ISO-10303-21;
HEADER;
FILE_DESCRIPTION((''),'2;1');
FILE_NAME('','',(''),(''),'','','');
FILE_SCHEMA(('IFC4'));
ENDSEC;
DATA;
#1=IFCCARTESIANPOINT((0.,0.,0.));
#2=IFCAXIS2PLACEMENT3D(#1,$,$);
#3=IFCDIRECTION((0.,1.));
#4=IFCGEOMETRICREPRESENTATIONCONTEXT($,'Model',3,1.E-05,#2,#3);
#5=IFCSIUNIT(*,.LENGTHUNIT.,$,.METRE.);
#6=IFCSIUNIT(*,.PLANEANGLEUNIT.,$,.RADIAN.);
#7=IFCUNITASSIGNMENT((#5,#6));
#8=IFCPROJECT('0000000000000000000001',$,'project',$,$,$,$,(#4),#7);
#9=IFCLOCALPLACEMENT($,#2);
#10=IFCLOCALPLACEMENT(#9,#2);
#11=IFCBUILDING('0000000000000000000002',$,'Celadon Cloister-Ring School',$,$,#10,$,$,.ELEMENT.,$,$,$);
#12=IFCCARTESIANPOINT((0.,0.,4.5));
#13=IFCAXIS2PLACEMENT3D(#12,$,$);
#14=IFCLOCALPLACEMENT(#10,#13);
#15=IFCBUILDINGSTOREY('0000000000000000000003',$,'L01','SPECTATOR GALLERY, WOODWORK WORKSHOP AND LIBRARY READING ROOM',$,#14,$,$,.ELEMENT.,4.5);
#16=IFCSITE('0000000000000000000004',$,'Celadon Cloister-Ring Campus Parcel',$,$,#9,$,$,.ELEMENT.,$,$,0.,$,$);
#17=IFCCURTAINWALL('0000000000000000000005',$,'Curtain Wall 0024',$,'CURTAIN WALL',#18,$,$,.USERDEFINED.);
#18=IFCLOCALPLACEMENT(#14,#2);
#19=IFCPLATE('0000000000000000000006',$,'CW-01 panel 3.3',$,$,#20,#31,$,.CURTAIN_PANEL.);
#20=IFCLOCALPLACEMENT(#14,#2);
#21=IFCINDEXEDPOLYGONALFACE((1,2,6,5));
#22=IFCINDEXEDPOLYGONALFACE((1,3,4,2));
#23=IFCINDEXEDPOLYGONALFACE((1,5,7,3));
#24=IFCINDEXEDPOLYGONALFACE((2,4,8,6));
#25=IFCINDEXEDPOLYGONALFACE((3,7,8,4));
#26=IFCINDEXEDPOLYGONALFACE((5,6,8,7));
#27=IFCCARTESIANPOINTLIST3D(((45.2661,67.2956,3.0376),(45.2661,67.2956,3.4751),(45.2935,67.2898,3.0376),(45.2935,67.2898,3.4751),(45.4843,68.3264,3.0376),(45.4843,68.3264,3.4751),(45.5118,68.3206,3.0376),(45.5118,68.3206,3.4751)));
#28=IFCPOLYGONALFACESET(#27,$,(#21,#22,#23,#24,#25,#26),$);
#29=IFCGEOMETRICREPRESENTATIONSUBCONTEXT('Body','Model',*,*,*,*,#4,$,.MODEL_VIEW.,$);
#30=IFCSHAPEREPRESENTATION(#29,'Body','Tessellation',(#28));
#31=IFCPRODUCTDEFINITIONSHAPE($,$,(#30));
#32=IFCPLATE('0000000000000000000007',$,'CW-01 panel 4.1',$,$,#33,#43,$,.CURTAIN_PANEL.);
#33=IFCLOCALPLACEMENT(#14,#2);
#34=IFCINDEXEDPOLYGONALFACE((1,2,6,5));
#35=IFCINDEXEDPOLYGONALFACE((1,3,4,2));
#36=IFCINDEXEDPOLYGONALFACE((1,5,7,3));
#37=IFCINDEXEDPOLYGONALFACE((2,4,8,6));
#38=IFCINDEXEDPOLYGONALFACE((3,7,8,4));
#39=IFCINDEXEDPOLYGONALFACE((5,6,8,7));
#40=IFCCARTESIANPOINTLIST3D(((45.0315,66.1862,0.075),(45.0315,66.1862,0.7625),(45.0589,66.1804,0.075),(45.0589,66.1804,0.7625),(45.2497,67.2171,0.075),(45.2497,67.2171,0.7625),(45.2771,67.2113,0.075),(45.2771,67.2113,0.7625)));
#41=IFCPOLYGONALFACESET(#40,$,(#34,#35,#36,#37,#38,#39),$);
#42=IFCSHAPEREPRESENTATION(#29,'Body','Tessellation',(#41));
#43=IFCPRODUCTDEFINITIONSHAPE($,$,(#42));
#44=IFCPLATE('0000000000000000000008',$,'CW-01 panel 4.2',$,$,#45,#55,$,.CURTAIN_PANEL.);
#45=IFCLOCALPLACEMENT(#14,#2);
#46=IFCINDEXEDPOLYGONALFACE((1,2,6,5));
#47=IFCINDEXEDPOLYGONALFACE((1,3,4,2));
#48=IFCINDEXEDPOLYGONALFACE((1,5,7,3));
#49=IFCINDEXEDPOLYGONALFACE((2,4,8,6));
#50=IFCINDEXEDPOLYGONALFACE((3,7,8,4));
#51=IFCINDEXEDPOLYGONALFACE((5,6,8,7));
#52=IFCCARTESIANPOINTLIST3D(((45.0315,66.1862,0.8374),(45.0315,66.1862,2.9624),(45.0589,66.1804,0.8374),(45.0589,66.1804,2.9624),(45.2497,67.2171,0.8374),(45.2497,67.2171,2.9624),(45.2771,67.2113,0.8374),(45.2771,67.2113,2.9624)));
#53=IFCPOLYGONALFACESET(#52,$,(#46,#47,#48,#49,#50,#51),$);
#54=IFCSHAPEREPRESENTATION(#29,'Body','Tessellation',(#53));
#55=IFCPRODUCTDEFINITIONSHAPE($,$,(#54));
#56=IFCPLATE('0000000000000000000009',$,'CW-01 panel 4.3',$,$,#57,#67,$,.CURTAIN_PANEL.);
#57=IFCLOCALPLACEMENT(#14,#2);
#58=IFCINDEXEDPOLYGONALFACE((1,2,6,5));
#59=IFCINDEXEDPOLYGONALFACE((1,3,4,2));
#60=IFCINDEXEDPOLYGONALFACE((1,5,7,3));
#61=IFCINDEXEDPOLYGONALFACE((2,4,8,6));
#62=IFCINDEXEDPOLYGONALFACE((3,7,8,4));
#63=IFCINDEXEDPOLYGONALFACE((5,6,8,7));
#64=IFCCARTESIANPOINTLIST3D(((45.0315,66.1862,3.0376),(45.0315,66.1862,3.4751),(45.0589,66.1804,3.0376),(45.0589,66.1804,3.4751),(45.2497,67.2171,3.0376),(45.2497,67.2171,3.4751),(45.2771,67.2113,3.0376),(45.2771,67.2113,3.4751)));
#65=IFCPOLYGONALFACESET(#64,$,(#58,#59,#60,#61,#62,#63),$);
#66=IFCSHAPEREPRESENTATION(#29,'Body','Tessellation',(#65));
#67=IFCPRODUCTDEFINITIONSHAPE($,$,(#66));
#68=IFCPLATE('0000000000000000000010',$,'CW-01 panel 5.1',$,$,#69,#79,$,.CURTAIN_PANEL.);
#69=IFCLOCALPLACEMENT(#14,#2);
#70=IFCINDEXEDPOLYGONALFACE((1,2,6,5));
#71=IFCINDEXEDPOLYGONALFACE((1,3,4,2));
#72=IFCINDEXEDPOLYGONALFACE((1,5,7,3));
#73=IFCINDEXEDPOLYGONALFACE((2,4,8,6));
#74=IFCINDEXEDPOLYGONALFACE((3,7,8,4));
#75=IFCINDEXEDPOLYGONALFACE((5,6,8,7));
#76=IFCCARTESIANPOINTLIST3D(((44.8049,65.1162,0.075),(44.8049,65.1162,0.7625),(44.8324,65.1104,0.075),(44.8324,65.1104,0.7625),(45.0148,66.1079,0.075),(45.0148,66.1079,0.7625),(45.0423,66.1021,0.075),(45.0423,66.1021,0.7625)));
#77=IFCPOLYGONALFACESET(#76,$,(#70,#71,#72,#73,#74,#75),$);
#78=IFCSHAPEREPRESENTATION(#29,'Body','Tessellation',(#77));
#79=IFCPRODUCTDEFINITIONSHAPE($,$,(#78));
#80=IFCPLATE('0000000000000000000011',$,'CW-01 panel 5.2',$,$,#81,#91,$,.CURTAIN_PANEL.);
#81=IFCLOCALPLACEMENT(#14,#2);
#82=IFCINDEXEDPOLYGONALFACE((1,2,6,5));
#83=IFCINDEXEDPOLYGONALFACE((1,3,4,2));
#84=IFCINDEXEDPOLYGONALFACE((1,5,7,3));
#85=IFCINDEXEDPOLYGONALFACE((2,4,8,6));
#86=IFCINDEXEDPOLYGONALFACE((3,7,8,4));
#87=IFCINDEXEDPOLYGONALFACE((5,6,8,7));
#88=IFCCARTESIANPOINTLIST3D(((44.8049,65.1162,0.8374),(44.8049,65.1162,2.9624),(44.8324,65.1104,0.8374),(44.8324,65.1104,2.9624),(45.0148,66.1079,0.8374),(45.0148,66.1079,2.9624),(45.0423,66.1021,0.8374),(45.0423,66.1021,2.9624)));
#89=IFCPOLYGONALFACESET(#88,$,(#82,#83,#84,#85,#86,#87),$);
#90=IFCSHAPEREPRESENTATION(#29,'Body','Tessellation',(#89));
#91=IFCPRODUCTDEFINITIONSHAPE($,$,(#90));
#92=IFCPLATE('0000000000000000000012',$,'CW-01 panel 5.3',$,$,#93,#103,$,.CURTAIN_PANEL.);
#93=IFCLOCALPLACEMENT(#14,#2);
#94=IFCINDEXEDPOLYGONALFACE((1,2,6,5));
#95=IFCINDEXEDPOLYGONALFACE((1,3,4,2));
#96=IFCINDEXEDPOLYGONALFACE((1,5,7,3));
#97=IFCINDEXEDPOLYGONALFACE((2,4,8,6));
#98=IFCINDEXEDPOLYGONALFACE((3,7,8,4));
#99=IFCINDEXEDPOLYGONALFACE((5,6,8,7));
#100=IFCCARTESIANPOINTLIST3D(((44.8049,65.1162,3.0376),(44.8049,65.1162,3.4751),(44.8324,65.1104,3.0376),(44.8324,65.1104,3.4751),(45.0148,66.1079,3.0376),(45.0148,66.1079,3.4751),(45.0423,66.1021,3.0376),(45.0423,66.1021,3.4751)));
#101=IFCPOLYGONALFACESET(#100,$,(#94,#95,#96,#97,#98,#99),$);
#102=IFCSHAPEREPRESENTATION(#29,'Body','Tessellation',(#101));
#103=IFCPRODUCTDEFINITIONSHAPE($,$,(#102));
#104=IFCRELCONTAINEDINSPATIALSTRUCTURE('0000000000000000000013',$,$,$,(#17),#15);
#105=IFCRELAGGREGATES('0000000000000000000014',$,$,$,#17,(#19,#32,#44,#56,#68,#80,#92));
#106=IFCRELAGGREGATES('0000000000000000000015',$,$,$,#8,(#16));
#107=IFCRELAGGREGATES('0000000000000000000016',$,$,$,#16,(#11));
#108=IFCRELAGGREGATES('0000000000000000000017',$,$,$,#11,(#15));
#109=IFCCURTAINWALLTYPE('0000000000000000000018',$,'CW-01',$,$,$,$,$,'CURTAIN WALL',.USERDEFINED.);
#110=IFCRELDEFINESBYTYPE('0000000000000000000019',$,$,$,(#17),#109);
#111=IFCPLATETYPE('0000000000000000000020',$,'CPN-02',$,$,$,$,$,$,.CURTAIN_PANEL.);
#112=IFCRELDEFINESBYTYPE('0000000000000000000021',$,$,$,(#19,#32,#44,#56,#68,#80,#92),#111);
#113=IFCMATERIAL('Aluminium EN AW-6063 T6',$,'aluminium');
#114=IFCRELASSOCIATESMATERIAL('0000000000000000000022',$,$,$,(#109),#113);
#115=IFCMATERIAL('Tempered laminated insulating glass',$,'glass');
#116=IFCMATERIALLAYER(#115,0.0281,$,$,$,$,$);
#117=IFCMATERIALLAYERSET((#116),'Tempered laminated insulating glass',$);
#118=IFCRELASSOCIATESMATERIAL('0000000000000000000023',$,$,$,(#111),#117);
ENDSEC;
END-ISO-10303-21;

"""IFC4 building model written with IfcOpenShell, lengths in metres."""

from ifc_helpers import new_model, si_unit, direction, frame, origin, origin_2d, place, context, subcontext, project, spatial, rectangle, extrude, material, layer, layer_set, type_object, element, aggregate, save


model = new_model("IFC4")

# Units and contexts
model_context = context("Model", 3, precision=1e-05, world=origin(), true_north=direction((0.0, 1.0)))
body_context = subcontext(model_context, "Body", "Model", "MODEL_VIEW")
ifc_project = project(units=[si_unit("LENGTHUNIT", "METRE"), si_unit("PLANEANGLEUNIT", "RADIAN")], contexts=[model_context])

# Site, building, storey
site_placement = place(None, origin())
site = spatial("IfcSite", under=ifc_project, at=site_placement, Name="Celadon Cloister-Ring Campus Parcel", CompositionType="ELEMENT", RefElevation=0.0)
building_placement = place(site_placement, origin())
building = spatial("IfcBuilding", under=site, at=building_placement, Name="Celadon Cloister-Ring School", CompositionType="ELEMENT")
storey_placement = place(building_placement, frame((0.0, 0.0, 4.5)))
storey = spatial("IfcBuildingStorey", under=building, at=storey_placement, Name="L01", Description="SPECTATOR GALLERY, WOODWORK WORKSHOP AND LIBRARY READING ROOM", CompositionType="ELEMENT", Elevation=4.5)

# Curtain wall, plates
ifc_material_1 = material(Name="Aluminium EN AW-6063 T6", Category="aluminium")
curtain_wall_type = type_object("IfcCurtainWallType", Name="CW-01", ElementType="CURTAIN WALL", PredefinedType="USERDEFINED", material=ifc_material_1)
curtain_wall_placement = place(storey_placement, origin())
curtain_wall = element("IfcCurtainWall", 1, at=curtain_wall_placement, inside=storey, type_object=curtain_wall_type, Name="Curtain Wall 0024", ObjectType="CURTAIN WALL", PredefinedType="USERDEFINED")
ifc_material_2 = material(Name="Tempered laminated insulating glass", Category="glass")
ifc_layer = layer(ifc_material_2, 0.0281)
ifc_layer_set = layer_set([ifc_layer], Name="Tempered laminated insulating glass")
plate_type = type_object("IfcPlateType", Name="CPN-02", PredefinedType="CURTAIN_PANEL", material=ifc_layer_set)
plate_1_placement = place(storey_placement, frame((45.3889, 67.8081, 3.0376), z_axis=(0.0, 0.0, 1.0), x_axis=(-0.207095, -0.978321, 0.0)))
plate_1 = element("IfcPlate", 2, at=plate_1_placement, type_object=plate_type, Name="CW-01 panel 3.3", PredefinedType="CURTAIN_PANEL", context=body_context, shape_type="SweptSolid", body=[
    extrude(rectangle(XDim=1.0537, YDim=0.0281, at=origin_2d()), origin(), (0.0, 0.0, 1.0), 0.4375),
])
plate_2_placement = place(storey_placement, frame((45.1543, 66.6987, 0.075), z_axis=(0.0, 0.0, 1.0), x_axis=(-0.207095, -0.978321, 0.0)))
plate_2 = element("IfcPlate", 3, at=plate_2_placement, type_object=plate_type, Name="CW-01 panel 4.1", PredefinedType="CURTAIN_PANEL", context=body_context, shape_type="SweptSolid", body=[
    extrude(rectangle(XDim=1.0537, YDim=0.0281, at=origin_2d()), origin(), (0.0, 0.0, 1.0), 0.6875),
])
plate_3_placement = place(storey_placement, frame((45.1543, 66.6987, 0.8374), z_axis=(0.0, 0.0, 1.0), x_axis=(-0.207095, -0.978321, 0.0)))
plate_3 = element("IfcPlate", 4, at=plate_3_placement, type_object=plate_type, Name="CW-01 panel 4.2", PredefinedType="CURTAIN_PANEL", context=body_context, shape_type="SweptSolid", body=[
    extrude(rectangle(XDim=1.0537, YDim=0.0281, at=origin_2d()), origin(), (0.0, 0.0, 1.0), 2.125),
])
plate_4_placement = place(storey_placement, frame((45.1543, 66.6987, 3.0376), z_axis=(0.0, 0.0, 1.0), x_axis=(-0.207095, -0.978321, 0.0)))
plate_4 = element("IfcPlate", 5, at=plate_4_placement, type_object=plate_type, Name="CW-01 panel 4.3", PredefinedType="CURTAIN_PANEL", context=body_context, shape_type="SweptSolid", body=[
    extrude(rectangle(XDim=1.0537, YDim=0.0281, at=origin_2d()), origin(), (0.0, 0.0, 1.0), 0.4375),
])
plate_5_placement = place(storey_placement, frame((44.9236, 65.6091, 0.075), z_axis=(0.0, 0.0, 1.0), x_axis=(-0.207095, -0.978321, 0.0)))
plate_5 = element("IfcPlate", 6, at=plate_5_placement, type_object=plate_type, Name="CW-01 panel 5.1", PredefinedType="CURTAIN_PANEL", context=body_context, shape_type="SweptSolid", body=[
    extrude(rectangle(XDim=1.0137, YDim=0.0281, at=origin_2d()), origin(), (0.0, 0.0, 1.0), 0.6875),
])
plate_6_placement = place(storey_placement, frame((44.9236, 65.6091, 0.8374), z_axis=(0.0, 0.0, 1.0), x_axis=(-0.207095, -0.978321, 0.0)))
plate_6 = element("IfcPlate", 7, at=plate_6_placement, type_object=plate_type, Name="CW-01 panel 5.2", PredefinedType="CURTAIN_PANEL", context=body_context, shape_type="SweptSolid", body=[
    extrude(rectangle(XDim=1.0137, YDim=0.0281, at=origin_2d()), origin(), (0.0, 0.0, 1.0), 2.125),
])
plate_7_placement = place(storey_placement, frame((44.9236, 65.6091, 3.0376), z_axis=(0.0, 0.0, 1.0), x_axis=(-0.207095, -0.978321, 0.0)))
plate_7 = element("IfcPlate", 8, at=plate_7_placement, type_object=plate_type, Name="CW-01 panel 5.3", PredefinedType="CURTAIN_PANEL", context=body_context, shape_type="SweptSolid", body=[
    extrude(rectangle(XDim=1.0137, YDim=0.0281, at=origin_2d()), origin(), (0.0, 0.0, 1.0), 0.4375),
])
aggregate(curtain_wall, [plate_1, plate_2, plate_3, plate_4, plate_5, plate_6, plate_7])

save(model, "model.ifc")
